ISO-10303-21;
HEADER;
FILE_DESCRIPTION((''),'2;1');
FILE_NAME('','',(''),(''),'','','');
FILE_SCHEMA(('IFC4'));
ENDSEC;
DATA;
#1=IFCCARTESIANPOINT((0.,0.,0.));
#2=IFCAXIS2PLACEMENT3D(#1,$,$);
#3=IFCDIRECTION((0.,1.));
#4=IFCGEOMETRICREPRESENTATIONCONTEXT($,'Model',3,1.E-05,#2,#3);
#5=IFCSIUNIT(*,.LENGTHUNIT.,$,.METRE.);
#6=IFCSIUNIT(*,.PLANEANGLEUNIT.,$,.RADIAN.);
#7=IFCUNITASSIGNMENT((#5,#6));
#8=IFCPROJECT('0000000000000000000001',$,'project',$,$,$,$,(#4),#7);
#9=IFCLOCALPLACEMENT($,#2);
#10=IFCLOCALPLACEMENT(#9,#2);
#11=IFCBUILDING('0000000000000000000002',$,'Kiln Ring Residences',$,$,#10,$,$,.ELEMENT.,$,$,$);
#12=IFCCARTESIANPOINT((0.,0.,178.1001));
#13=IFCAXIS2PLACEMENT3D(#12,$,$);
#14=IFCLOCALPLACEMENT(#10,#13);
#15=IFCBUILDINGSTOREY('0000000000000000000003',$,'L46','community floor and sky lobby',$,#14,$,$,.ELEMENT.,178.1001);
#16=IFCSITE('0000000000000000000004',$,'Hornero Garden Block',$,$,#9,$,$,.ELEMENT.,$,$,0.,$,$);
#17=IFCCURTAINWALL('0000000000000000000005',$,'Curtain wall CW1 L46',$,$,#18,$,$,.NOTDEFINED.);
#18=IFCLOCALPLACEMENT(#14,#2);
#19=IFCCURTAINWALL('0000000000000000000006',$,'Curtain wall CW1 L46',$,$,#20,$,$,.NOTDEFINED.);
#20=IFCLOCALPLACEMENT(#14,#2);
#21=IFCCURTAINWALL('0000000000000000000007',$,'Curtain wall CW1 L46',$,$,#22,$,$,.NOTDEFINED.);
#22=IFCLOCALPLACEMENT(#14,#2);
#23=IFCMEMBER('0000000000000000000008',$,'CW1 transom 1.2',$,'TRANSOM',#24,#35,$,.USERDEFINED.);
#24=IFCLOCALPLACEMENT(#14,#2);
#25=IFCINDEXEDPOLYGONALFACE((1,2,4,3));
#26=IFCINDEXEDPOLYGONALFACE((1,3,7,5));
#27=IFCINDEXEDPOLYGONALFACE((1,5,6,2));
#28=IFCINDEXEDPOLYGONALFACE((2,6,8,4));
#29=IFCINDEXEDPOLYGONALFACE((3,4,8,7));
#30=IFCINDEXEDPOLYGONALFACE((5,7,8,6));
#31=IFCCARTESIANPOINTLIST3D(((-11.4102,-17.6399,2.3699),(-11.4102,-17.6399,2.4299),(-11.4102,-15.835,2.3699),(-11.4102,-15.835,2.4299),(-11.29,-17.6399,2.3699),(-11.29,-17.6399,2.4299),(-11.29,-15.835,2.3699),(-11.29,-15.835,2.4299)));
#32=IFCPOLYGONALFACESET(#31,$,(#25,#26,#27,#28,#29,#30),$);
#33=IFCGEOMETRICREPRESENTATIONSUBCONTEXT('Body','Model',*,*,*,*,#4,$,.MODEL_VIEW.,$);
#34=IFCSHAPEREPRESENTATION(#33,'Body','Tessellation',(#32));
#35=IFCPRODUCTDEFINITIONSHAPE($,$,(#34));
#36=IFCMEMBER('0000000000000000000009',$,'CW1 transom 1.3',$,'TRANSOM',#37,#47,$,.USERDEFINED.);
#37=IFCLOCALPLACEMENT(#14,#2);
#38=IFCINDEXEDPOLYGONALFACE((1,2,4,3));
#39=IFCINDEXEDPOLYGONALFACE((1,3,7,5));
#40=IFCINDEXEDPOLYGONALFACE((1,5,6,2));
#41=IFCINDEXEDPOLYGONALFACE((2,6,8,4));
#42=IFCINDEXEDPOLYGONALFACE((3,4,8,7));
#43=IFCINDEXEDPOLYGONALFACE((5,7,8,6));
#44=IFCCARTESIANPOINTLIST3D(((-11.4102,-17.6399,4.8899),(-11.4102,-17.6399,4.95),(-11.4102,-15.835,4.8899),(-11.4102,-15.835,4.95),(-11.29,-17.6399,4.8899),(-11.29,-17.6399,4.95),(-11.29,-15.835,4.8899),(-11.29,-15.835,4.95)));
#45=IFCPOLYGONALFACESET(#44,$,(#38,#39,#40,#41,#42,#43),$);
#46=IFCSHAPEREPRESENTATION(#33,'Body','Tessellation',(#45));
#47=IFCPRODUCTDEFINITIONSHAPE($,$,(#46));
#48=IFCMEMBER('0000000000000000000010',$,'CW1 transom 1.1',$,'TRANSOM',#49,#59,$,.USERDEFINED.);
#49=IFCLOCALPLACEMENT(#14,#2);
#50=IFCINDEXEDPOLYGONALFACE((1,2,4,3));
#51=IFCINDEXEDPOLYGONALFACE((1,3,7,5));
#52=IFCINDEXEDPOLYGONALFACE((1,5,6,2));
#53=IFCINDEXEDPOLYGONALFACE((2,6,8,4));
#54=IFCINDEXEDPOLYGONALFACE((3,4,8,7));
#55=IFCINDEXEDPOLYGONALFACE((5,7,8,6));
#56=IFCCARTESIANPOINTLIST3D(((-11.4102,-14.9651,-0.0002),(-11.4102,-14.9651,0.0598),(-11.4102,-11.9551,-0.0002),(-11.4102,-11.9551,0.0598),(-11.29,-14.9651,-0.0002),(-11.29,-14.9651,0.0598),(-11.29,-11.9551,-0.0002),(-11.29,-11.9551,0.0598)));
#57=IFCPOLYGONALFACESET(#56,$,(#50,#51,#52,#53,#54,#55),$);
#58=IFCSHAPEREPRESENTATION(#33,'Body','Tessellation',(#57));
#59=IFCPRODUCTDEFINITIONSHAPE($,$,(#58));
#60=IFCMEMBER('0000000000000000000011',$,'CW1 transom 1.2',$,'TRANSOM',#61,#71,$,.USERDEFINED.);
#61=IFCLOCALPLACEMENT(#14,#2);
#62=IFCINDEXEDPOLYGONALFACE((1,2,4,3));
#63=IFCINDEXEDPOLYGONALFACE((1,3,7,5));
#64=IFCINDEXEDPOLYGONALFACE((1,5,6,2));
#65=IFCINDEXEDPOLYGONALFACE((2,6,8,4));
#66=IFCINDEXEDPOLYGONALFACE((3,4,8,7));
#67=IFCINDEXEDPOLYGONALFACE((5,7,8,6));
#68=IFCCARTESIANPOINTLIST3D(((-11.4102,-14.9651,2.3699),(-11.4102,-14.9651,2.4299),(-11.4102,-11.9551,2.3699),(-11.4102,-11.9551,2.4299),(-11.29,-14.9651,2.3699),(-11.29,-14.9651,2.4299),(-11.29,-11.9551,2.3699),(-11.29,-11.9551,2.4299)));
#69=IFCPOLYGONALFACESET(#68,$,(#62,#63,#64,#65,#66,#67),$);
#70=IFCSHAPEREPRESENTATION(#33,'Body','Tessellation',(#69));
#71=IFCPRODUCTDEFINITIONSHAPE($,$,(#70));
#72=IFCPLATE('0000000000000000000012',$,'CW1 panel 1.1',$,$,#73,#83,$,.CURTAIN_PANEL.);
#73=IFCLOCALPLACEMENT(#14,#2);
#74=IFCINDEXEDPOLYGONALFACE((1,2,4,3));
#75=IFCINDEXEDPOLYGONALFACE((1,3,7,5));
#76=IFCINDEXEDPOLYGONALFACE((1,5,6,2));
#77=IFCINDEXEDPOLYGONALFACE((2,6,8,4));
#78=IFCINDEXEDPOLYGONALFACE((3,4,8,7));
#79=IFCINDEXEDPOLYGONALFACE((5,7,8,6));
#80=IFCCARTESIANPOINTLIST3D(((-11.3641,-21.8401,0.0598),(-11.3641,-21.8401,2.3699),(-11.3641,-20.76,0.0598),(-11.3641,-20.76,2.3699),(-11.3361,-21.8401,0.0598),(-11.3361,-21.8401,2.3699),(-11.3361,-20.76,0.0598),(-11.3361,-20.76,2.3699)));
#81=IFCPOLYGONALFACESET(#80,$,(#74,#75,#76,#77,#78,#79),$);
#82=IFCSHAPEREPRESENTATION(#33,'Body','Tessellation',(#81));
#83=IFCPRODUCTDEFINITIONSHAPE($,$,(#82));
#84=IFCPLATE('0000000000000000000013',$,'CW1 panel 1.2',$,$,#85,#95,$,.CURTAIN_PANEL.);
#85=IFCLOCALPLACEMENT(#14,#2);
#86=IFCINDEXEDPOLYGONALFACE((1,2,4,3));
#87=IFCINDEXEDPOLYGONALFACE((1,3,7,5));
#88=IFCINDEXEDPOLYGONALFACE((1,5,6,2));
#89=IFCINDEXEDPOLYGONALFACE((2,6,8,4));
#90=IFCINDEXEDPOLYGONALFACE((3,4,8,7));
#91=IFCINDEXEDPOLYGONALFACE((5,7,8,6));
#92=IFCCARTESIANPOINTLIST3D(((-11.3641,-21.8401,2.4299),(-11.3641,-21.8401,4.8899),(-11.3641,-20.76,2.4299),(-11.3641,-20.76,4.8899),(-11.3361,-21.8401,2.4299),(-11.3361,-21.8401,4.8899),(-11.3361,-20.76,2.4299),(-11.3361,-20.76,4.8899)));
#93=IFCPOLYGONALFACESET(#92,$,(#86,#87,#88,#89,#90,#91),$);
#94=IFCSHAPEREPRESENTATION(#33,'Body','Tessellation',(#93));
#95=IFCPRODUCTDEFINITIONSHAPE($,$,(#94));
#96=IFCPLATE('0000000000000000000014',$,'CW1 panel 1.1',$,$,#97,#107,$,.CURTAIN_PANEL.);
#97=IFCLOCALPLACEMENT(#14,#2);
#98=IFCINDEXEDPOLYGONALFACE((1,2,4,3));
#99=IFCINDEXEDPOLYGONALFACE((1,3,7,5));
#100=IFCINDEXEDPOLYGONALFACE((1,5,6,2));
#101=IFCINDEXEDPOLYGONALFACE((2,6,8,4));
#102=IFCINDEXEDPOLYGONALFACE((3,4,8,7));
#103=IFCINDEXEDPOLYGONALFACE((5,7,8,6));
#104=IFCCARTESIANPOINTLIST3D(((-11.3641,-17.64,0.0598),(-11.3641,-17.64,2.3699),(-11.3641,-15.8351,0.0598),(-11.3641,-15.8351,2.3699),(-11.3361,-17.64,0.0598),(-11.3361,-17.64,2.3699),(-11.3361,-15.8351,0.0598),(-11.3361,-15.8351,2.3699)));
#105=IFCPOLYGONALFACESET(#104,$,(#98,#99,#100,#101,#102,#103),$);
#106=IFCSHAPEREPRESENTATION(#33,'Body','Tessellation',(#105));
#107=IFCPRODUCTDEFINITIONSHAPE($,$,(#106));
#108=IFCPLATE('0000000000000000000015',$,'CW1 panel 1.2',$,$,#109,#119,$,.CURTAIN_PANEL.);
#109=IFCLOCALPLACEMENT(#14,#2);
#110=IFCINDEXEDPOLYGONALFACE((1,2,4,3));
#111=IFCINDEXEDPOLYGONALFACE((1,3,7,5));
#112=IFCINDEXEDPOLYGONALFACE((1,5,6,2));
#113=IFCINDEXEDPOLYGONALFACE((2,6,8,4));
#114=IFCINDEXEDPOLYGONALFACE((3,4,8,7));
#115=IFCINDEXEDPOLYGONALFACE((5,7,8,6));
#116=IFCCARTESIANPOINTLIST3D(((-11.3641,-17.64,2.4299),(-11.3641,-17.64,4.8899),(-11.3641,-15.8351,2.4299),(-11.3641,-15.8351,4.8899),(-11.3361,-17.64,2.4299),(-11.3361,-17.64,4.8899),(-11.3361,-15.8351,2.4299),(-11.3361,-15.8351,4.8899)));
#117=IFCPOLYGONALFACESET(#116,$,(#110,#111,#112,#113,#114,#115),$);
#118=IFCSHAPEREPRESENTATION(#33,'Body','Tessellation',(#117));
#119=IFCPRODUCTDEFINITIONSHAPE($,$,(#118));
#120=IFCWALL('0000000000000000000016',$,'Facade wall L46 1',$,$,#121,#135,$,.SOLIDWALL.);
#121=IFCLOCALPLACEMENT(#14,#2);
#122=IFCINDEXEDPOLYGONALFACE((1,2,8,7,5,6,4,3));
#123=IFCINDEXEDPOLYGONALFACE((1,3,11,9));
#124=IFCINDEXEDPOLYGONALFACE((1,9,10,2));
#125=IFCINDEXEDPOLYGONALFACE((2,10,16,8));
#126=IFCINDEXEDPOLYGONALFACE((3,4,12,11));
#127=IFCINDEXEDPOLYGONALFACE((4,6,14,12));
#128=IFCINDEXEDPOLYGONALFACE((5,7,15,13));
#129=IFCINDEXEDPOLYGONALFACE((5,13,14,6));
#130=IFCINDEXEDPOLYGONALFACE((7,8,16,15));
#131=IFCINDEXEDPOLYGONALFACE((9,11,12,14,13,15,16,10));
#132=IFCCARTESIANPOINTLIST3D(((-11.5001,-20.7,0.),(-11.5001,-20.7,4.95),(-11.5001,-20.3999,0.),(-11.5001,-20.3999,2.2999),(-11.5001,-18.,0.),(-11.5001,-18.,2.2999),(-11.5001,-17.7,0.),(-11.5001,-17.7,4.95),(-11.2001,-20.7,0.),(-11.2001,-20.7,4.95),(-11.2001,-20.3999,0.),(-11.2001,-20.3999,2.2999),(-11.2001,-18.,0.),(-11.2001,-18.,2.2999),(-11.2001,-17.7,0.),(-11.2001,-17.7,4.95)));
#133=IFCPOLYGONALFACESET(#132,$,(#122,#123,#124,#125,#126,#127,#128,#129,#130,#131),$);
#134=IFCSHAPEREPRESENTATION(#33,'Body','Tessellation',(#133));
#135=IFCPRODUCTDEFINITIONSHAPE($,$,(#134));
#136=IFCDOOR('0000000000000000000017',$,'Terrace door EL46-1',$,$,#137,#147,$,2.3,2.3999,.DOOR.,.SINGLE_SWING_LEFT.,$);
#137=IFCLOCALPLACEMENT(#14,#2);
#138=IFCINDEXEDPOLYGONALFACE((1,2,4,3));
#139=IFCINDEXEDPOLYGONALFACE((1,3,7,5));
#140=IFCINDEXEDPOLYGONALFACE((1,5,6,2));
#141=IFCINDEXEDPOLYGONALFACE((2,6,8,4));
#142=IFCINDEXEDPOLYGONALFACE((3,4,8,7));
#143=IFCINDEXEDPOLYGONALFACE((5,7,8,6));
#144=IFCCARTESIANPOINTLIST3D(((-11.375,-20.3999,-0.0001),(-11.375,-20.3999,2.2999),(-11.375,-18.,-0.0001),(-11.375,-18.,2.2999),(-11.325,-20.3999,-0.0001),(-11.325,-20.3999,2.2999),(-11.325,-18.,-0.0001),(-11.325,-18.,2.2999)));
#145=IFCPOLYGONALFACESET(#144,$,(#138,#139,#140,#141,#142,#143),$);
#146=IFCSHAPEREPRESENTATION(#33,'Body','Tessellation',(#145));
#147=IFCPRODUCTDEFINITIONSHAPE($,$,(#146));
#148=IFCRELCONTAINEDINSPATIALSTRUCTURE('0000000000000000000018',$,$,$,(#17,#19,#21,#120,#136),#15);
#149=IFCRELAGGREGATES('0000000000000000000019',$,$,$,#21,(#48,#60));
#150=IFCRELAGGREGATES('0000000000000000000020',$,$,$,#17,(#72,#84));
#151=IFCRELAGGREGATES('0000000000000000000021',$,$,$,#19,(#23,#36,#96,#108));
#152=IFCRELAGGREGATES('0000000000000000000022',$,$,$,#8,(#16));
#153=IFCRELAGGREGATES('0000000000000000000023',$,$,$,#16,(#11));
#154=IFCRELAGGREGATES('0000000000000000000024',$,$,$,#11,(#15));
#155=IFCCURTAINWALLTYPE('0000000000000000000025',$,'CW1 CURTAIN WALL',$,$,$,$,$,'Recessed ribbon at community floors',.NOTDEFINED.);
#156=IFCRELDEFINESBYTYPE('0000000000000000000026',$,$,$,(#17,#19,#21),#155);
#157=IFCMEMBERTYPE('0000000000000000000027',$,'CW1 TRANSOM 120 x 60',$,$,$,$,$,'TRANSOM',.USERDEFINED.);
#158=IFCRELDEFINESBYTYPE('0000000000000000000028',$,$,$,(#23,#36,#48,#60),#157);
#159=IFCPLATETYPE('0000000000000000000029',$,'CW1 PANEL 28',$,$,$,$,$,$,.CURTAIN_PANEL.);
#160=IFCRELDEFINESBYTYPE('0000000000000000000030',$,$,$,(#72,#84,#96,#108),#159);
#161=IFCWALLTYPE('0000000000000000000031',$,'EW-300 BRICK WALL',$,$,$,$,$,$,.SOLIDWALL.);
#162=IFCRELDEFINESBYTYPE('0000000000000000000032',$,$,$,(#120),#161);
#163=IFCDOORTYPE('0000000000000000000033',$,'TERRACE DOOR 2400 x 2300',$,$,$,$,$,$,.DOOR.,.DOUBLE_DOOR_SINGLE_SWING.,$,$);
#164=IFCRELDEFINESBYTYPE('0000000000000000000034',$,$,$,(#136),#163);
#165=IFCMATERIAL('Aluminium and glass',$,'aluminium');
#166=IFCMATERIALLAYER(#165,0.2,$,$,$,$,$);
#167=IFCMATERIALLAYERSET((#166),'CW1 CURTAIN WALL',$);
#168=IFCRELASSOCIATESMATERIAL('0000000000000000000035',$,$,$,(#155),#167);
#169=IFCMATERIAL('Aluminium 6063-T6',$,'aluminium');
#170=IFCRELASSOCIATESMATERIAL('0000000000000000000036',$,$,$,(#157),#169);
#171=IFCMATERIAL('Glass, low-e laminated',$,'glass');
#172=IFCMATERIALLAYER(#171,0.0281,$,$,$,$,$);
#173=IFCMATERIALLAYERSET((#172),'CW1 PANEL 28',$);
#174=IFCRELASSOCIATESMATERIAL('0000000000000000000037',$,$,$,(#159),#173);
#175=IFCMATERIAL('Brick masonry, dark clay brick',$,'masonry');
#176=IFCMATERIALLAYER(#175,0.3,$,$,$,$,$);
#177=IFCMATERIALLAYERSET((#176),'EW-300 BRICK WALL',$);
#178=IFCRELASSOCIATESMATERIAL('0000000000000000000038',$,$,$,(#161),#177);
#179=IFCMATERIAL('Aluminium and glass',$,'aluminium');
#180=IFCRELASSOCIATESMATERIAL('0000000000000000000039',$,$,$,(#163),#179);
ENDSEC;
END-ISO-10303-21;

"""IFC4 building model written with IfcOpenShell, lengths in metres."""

from ifc_helpers import new_model, si_unit, direction, frame, frame_2d, origin, origin_2d, place, context, subcontext, project, spatial, rectangle, extrude, material, layer, layer_set, material_profile, profile_set, type_object, element, fill, aggregate, save


model = new_model("IFC4")

# Units and contexts
model_context = context("Model", 3, precision=1e-05, world=origin(), true_north=direction((0.0, 1.0)))
body_context = subcontext(model_context, "Body", "Model", "MODEL_VIEW")
ifc_project = project(units=[si_unit("LENGTHUNIT", "METRE"), si_unit("PLANEANGLEUNIT", "RADIAN")], contexts=[model_context])

# Site, building, storey
site_placement = place(None, origin())
site = spatial("IfcSite", under=ifc_project, at=site_placement, Name="Hornero Garden Block", CompositionType="ELEMENT", RefElevation=0.0)
building_placement = place(site_placement, origin())
building = spatial("IfcBuilding", under=site, at=building_placement, Name="Kiln Ring Residences", CompositionType="ELEMENT")
storey_placement = place(building_placement, frame((0.0, 0.0, 178.1001)))
storey = spatial("IfcBuildingStorey", under=building, at=storey_placement, Name="L46", Description="community floor and sky lobby", CompositionType="ELEMENT", Elevation=178.1001)

# Curtain walls
ifc_material_1 = material(Name="Aluminium and glass", Category="aluminium")
ifc_layer_1 = layer(ifc_material_1, 0.2)
ifc_layer_set_1 = layer_set([ifc_layer_1], Name="CW1 CURTAIN WALL")
curtain_wall_type = type_object("IfcCurtainWallType", Name="CW1 CURTAIN WALL", ElementType="Recessed ribbon at community floors", PredefinedType="NOTDEFINED", material=ifc_layer_set_1)
placement = place(storey_placement, origin())
curtain_wall_1 = element("IfcCurtainWall", 1, at=placement, inside=storey, type_object=curtain_wall_type, Name="Curtain wall CW1 L46", PredefinedType="NOTDEFINED")
curtain_wall_2 = element("IfcCurtainWall", 2, at=placement, inside=storey, type_object=curtain_wall_type, Name="Curtain wall CW1 L46", PredefinedType="NOTDEFINED")

# Curtain wall
curtain_wall_3 = element("IfcCurtainWall", 3, at=placement, inside=storey, type_object=curtain_wall_type, Name="Curtain wall CW1 L46", PredefinedType="NOTDEFINED")

# Members
ifc_material_2 = material(Name="Aluminium 6063-T6", Category="aluminium")
ifc_material_profile_1 = material_profile(ifc_material_2, rectangle(XDim=0.1201, YDim=0.0601, at=origin_2d()), Name="AL 120x60")
ifc_profile_set_1 = profile_set([ifc_material_profile_1], Name="Aluminium 6063-T6")
member_type_1 = type_object("IfcMemberType", Name="CW1 TRANSOM 120 x 60", ElementType="TRANSOM", PredefinedType="USERDEFINED", material=ifc_profile_set_1)
member_1_placement = place(storey_placement, frame((-11.3501, -17.6399, 2.3999), z_axis=(0.0, 1.0, 0.0), x_axis=(-1.0, 0.0, 0.0)))
member_1 = element("IfcMember", 4, at=member_1_placement, type_object=member_type_1, Name="CW1 transom 1.2", ObjectType="TRANSOM", PredefinedType="USERDEFINED", context=body_context, shape_type="SweptSolid", body=[
    extrude(rectangle(XDim=0.1201, YDim=0.0601, at=origin_2d()), origin(), (0.0, 0.0, 1.0), 1.8049),
])
member_2_placement = place(storey_placement, frame((-11.3501, -17.6399, 4.9199), z_axis=(0.0, 1.0, 0.0), x_axis=(-1.0, 0.0, 0.0)))
member_2 = element("IfcMember", 5, at=member_2_placement, type_object=member_type_1, Name="CW1 transom 1.3", ObjectType="TRANSOM", PredefinedType="USERDEFINED", context=body_context, shape_type="SweptSolid", body=[
    extrude(rectangle(XDim=0.1201, YDim=0.0601, at=origin_2d()), origin(), (0.0, 0.0, 1.0), 1.8049),
])
member_3_placement = place(storey_placement, frame((-11.3501, -14.9651, 0.0298), z_axis=(0.0, 1.0, 0.0), x_axis=(-1.0, 0.0, 0.0)))
member_3 = element("IfcMember", 6, at=member_3_placement, type_object=member_type_1, Name="CW1 transom 1.1", ObjectType="TRANSOM", PredefinedType="USERDEFINED", context=body_context, shape_type="SweptSolid", body=[
    extrude(rectangle(XDim=0.1201, YDim=0.0601, at=origin_2d()), origin(), (0.0, 0.0, 1.0), 3.01),
])
member_4_placement = place(storey_placement, frame((-11.3501, -14.9651, 2.3999), z_axis=(0.0, 1.0, 0.0), x_axis=(-1.0, 0.0, 0.0)))
member_4 = element("IfcMember", 7, at=member_4_placement, type_object=member_type_1, Name="CW1 transom 1.2", ObjectType="TRANSOM", PredefinedType="USERDEFINED", context=body_context, shape_type="SweptSolid", body=[
    extrude(rectangle(XDim=0.1201, YDim=0.0601, at=origin_2d()), origin(), (0.0, 0.0, 1.0), 3.01),
])
aggregate(curtain_wall_3, [member_3, member_4])

# Plates
ifc_material_3 = material(Name="Glass, low-e laminated", Category="glass")
ifc_layer_2 = layer(ifc_material_3, 0.0281)
ifc_layer_set_2 = layer_set([ifc_layer_2], Name="CW1 PANEL 28")
plate_type = type_object("IfcPlateType", Name="CW1 PANEL 28", PredefinedType="CURTAIN_PANEL", material=ifc_layer_set_2)
plate_1_placement = place(storey_placement, frame((-11.3501, -21.3, 0.0598), z_axis=(0.0, 0.0, 1.0), x_axis=(0.0, 1.0, 0.0)))
plate_1 = element("IfcPlate", 8, at=plate_1_placement, type_object=plate_type, Name="CW1 panel 1.1", PredefinedType="CURTAIN_PANEL", context=body_context, shape_type="SweptSolid", body=[
    extrude(rectangle(XDim=1.0801, YDim=0.0281, at=origin_2d()), origin(), (0.0, 0.0, 1.0), 2.3101),
])
plate_2_placement = place(storey_placement, frame((-11.3501, -21.3, 2.4299), z_axis=(0.0, 0.0, 1.0), x_axis=(0.0, 1.0, 0.0)))
plate_2 = element("IfcPlate", 9, at=plate_2_placement, type_object=plate_type, Name="CW1 panel 1.2", PredefinedType="CURTAIN_PANEL", context=body_context, shape_type="SweptSolid", body=[
    extrude(rectangle(XDim=1.0801, YDim=0.0281, at=origin_2d()), origin(), (0.0, 0.0, 1.0), 2.46),
])
aggregate(curtain_wall_1, [plate_1, plate_2])
plate_3_placement = place(storey_placement, frame((-11.3501, -16.7375, 0.0598), z_axis=(0.0, 0.0, 1.0), x_axis=(0.0, 1.0, 0.0)))
plate_3 = element("IfcPlate", 10, at=plate_3_placement, type_object=plate_type, Name="CW1 panel 1.1", PredefinedType="CURTAIN_PANEL", context=body_context, shape_type="SweptSolid", body=[
    extrude(rectangle(XDim=1.8049, YDim=0.0281, at=origin_2d()), origin(), (0.0, 0.0, 1.0), 2.3101),
])
plate_4_placement = place(storey_placement, frame((-11.3501, -16.7375, 2.4299), z_axis=(0.0, 0.0, 1.0), x_axis=(0.0, 1.0, 0.0)))
plate_4 = element("IfcPlate", 11, at=plate_4_placement, type_object=plate_type, Name="CW1 panel 1.2", PredefinedType="CURTAIN_PANEL", context=body_context, shape_type="SweptSolid", body=[
    extrude(rectangle(XDim=1.8049, YDim=0.0281, at=origin_2d()), origin(), (0.0, 0.0, 1.0), 2.46),
])
aggregate(curtain_wall_2, [member_1, member_2, plate_3, plate_4])

# Wall, opening, door
ifc_material_4 = material(Name="Brick masonry, dark clay brick", Category="masonry")
ifc_layer_3 = layer(ifc_material_4, 0.3)
ifc_layer_set_3 = layer_set([ifc_layer_3], Name="EW-300 BRICK WALL")
wall_type = type_object("IfcWallType", Name="EW-300 BRICK WALL", PredefinedType="SOLIDWALL", material=ifc_layer_set_3)
wall_placement = place(storey_placement, frame((-11.3501, -20.7, 0.0), z_axis=(0.0, 0.0, 1.0), x_axis=(0.0, 1.0, 0.0)))
wall = element("IfcWall", 12, at=wall_placement, inside=storey, type_object=wall_type, Name="Facade wall L46 1", PredefinedType="SOLIDWALL", context=body_context, shape_type="SweptSolid", body=[
    extrude(rectangle(XDim=3.0, YDim=0.3, at=frame_2d((1.5, 0.0))), origin(), (0.0, 0.0, 1.0), 4.95),
])
opening_placement = place(wall_placement, frame((0.3, 0.0, 0.0)))
opening = element("IfcOpeningElement", 13, at=opening_placement, cuts=wall, PredefinedType="OPENING", context=body_context, shape_type="SweptSolid", body=[
    extrude(rectangle(XDim=2.3999, YDim=2.3, at=frame_2d((1.2, 1.1499))), frame((0.0, 0.1599, 0.0), z_axis=(0.0, -1.0, 0.0), x_axis=(1.0, 0.0, 0.0)), (0.0, 0.0, 1.0), 0.3201),
])
ifc_material_5 = material(Name="Aluminium and glass", Category="aluminium")
door_type = type_object("IfcDoorType", Name="TERRACE DOOR 2400 x 2300", OperationType="DOUBLE_DOOR_SINGLE_SWING", PredefinedType="DOOR", material=ifc_material_5)
door_placement = place(opening_placement, origin())
door = element("IfcDoor", 14, at=door_placement, inside=storey, type_object=door_type, Name="Terrace door EL46-1", OperationType="SINGLE_SWING_LEFT", OverallHeight=2.3, OverallWidth=2.3999, PredefinedType="DOOR", context=body_context, shape_type="SweptSolid", body=[
    extrude(rectangle(XDim=2.3999, YDim=2.3, at=frame_2d((1.2, 1.1499))), frame((0.0, 0.0249, 0.0), z_axis=(0.0, -1.0, 0.0), x_axis=(1.0, 0.0, 0.0)), (0.0, 0.0, 1.0), 0.05),
])
fill(opening, door)

save(model, "model.ifc")
